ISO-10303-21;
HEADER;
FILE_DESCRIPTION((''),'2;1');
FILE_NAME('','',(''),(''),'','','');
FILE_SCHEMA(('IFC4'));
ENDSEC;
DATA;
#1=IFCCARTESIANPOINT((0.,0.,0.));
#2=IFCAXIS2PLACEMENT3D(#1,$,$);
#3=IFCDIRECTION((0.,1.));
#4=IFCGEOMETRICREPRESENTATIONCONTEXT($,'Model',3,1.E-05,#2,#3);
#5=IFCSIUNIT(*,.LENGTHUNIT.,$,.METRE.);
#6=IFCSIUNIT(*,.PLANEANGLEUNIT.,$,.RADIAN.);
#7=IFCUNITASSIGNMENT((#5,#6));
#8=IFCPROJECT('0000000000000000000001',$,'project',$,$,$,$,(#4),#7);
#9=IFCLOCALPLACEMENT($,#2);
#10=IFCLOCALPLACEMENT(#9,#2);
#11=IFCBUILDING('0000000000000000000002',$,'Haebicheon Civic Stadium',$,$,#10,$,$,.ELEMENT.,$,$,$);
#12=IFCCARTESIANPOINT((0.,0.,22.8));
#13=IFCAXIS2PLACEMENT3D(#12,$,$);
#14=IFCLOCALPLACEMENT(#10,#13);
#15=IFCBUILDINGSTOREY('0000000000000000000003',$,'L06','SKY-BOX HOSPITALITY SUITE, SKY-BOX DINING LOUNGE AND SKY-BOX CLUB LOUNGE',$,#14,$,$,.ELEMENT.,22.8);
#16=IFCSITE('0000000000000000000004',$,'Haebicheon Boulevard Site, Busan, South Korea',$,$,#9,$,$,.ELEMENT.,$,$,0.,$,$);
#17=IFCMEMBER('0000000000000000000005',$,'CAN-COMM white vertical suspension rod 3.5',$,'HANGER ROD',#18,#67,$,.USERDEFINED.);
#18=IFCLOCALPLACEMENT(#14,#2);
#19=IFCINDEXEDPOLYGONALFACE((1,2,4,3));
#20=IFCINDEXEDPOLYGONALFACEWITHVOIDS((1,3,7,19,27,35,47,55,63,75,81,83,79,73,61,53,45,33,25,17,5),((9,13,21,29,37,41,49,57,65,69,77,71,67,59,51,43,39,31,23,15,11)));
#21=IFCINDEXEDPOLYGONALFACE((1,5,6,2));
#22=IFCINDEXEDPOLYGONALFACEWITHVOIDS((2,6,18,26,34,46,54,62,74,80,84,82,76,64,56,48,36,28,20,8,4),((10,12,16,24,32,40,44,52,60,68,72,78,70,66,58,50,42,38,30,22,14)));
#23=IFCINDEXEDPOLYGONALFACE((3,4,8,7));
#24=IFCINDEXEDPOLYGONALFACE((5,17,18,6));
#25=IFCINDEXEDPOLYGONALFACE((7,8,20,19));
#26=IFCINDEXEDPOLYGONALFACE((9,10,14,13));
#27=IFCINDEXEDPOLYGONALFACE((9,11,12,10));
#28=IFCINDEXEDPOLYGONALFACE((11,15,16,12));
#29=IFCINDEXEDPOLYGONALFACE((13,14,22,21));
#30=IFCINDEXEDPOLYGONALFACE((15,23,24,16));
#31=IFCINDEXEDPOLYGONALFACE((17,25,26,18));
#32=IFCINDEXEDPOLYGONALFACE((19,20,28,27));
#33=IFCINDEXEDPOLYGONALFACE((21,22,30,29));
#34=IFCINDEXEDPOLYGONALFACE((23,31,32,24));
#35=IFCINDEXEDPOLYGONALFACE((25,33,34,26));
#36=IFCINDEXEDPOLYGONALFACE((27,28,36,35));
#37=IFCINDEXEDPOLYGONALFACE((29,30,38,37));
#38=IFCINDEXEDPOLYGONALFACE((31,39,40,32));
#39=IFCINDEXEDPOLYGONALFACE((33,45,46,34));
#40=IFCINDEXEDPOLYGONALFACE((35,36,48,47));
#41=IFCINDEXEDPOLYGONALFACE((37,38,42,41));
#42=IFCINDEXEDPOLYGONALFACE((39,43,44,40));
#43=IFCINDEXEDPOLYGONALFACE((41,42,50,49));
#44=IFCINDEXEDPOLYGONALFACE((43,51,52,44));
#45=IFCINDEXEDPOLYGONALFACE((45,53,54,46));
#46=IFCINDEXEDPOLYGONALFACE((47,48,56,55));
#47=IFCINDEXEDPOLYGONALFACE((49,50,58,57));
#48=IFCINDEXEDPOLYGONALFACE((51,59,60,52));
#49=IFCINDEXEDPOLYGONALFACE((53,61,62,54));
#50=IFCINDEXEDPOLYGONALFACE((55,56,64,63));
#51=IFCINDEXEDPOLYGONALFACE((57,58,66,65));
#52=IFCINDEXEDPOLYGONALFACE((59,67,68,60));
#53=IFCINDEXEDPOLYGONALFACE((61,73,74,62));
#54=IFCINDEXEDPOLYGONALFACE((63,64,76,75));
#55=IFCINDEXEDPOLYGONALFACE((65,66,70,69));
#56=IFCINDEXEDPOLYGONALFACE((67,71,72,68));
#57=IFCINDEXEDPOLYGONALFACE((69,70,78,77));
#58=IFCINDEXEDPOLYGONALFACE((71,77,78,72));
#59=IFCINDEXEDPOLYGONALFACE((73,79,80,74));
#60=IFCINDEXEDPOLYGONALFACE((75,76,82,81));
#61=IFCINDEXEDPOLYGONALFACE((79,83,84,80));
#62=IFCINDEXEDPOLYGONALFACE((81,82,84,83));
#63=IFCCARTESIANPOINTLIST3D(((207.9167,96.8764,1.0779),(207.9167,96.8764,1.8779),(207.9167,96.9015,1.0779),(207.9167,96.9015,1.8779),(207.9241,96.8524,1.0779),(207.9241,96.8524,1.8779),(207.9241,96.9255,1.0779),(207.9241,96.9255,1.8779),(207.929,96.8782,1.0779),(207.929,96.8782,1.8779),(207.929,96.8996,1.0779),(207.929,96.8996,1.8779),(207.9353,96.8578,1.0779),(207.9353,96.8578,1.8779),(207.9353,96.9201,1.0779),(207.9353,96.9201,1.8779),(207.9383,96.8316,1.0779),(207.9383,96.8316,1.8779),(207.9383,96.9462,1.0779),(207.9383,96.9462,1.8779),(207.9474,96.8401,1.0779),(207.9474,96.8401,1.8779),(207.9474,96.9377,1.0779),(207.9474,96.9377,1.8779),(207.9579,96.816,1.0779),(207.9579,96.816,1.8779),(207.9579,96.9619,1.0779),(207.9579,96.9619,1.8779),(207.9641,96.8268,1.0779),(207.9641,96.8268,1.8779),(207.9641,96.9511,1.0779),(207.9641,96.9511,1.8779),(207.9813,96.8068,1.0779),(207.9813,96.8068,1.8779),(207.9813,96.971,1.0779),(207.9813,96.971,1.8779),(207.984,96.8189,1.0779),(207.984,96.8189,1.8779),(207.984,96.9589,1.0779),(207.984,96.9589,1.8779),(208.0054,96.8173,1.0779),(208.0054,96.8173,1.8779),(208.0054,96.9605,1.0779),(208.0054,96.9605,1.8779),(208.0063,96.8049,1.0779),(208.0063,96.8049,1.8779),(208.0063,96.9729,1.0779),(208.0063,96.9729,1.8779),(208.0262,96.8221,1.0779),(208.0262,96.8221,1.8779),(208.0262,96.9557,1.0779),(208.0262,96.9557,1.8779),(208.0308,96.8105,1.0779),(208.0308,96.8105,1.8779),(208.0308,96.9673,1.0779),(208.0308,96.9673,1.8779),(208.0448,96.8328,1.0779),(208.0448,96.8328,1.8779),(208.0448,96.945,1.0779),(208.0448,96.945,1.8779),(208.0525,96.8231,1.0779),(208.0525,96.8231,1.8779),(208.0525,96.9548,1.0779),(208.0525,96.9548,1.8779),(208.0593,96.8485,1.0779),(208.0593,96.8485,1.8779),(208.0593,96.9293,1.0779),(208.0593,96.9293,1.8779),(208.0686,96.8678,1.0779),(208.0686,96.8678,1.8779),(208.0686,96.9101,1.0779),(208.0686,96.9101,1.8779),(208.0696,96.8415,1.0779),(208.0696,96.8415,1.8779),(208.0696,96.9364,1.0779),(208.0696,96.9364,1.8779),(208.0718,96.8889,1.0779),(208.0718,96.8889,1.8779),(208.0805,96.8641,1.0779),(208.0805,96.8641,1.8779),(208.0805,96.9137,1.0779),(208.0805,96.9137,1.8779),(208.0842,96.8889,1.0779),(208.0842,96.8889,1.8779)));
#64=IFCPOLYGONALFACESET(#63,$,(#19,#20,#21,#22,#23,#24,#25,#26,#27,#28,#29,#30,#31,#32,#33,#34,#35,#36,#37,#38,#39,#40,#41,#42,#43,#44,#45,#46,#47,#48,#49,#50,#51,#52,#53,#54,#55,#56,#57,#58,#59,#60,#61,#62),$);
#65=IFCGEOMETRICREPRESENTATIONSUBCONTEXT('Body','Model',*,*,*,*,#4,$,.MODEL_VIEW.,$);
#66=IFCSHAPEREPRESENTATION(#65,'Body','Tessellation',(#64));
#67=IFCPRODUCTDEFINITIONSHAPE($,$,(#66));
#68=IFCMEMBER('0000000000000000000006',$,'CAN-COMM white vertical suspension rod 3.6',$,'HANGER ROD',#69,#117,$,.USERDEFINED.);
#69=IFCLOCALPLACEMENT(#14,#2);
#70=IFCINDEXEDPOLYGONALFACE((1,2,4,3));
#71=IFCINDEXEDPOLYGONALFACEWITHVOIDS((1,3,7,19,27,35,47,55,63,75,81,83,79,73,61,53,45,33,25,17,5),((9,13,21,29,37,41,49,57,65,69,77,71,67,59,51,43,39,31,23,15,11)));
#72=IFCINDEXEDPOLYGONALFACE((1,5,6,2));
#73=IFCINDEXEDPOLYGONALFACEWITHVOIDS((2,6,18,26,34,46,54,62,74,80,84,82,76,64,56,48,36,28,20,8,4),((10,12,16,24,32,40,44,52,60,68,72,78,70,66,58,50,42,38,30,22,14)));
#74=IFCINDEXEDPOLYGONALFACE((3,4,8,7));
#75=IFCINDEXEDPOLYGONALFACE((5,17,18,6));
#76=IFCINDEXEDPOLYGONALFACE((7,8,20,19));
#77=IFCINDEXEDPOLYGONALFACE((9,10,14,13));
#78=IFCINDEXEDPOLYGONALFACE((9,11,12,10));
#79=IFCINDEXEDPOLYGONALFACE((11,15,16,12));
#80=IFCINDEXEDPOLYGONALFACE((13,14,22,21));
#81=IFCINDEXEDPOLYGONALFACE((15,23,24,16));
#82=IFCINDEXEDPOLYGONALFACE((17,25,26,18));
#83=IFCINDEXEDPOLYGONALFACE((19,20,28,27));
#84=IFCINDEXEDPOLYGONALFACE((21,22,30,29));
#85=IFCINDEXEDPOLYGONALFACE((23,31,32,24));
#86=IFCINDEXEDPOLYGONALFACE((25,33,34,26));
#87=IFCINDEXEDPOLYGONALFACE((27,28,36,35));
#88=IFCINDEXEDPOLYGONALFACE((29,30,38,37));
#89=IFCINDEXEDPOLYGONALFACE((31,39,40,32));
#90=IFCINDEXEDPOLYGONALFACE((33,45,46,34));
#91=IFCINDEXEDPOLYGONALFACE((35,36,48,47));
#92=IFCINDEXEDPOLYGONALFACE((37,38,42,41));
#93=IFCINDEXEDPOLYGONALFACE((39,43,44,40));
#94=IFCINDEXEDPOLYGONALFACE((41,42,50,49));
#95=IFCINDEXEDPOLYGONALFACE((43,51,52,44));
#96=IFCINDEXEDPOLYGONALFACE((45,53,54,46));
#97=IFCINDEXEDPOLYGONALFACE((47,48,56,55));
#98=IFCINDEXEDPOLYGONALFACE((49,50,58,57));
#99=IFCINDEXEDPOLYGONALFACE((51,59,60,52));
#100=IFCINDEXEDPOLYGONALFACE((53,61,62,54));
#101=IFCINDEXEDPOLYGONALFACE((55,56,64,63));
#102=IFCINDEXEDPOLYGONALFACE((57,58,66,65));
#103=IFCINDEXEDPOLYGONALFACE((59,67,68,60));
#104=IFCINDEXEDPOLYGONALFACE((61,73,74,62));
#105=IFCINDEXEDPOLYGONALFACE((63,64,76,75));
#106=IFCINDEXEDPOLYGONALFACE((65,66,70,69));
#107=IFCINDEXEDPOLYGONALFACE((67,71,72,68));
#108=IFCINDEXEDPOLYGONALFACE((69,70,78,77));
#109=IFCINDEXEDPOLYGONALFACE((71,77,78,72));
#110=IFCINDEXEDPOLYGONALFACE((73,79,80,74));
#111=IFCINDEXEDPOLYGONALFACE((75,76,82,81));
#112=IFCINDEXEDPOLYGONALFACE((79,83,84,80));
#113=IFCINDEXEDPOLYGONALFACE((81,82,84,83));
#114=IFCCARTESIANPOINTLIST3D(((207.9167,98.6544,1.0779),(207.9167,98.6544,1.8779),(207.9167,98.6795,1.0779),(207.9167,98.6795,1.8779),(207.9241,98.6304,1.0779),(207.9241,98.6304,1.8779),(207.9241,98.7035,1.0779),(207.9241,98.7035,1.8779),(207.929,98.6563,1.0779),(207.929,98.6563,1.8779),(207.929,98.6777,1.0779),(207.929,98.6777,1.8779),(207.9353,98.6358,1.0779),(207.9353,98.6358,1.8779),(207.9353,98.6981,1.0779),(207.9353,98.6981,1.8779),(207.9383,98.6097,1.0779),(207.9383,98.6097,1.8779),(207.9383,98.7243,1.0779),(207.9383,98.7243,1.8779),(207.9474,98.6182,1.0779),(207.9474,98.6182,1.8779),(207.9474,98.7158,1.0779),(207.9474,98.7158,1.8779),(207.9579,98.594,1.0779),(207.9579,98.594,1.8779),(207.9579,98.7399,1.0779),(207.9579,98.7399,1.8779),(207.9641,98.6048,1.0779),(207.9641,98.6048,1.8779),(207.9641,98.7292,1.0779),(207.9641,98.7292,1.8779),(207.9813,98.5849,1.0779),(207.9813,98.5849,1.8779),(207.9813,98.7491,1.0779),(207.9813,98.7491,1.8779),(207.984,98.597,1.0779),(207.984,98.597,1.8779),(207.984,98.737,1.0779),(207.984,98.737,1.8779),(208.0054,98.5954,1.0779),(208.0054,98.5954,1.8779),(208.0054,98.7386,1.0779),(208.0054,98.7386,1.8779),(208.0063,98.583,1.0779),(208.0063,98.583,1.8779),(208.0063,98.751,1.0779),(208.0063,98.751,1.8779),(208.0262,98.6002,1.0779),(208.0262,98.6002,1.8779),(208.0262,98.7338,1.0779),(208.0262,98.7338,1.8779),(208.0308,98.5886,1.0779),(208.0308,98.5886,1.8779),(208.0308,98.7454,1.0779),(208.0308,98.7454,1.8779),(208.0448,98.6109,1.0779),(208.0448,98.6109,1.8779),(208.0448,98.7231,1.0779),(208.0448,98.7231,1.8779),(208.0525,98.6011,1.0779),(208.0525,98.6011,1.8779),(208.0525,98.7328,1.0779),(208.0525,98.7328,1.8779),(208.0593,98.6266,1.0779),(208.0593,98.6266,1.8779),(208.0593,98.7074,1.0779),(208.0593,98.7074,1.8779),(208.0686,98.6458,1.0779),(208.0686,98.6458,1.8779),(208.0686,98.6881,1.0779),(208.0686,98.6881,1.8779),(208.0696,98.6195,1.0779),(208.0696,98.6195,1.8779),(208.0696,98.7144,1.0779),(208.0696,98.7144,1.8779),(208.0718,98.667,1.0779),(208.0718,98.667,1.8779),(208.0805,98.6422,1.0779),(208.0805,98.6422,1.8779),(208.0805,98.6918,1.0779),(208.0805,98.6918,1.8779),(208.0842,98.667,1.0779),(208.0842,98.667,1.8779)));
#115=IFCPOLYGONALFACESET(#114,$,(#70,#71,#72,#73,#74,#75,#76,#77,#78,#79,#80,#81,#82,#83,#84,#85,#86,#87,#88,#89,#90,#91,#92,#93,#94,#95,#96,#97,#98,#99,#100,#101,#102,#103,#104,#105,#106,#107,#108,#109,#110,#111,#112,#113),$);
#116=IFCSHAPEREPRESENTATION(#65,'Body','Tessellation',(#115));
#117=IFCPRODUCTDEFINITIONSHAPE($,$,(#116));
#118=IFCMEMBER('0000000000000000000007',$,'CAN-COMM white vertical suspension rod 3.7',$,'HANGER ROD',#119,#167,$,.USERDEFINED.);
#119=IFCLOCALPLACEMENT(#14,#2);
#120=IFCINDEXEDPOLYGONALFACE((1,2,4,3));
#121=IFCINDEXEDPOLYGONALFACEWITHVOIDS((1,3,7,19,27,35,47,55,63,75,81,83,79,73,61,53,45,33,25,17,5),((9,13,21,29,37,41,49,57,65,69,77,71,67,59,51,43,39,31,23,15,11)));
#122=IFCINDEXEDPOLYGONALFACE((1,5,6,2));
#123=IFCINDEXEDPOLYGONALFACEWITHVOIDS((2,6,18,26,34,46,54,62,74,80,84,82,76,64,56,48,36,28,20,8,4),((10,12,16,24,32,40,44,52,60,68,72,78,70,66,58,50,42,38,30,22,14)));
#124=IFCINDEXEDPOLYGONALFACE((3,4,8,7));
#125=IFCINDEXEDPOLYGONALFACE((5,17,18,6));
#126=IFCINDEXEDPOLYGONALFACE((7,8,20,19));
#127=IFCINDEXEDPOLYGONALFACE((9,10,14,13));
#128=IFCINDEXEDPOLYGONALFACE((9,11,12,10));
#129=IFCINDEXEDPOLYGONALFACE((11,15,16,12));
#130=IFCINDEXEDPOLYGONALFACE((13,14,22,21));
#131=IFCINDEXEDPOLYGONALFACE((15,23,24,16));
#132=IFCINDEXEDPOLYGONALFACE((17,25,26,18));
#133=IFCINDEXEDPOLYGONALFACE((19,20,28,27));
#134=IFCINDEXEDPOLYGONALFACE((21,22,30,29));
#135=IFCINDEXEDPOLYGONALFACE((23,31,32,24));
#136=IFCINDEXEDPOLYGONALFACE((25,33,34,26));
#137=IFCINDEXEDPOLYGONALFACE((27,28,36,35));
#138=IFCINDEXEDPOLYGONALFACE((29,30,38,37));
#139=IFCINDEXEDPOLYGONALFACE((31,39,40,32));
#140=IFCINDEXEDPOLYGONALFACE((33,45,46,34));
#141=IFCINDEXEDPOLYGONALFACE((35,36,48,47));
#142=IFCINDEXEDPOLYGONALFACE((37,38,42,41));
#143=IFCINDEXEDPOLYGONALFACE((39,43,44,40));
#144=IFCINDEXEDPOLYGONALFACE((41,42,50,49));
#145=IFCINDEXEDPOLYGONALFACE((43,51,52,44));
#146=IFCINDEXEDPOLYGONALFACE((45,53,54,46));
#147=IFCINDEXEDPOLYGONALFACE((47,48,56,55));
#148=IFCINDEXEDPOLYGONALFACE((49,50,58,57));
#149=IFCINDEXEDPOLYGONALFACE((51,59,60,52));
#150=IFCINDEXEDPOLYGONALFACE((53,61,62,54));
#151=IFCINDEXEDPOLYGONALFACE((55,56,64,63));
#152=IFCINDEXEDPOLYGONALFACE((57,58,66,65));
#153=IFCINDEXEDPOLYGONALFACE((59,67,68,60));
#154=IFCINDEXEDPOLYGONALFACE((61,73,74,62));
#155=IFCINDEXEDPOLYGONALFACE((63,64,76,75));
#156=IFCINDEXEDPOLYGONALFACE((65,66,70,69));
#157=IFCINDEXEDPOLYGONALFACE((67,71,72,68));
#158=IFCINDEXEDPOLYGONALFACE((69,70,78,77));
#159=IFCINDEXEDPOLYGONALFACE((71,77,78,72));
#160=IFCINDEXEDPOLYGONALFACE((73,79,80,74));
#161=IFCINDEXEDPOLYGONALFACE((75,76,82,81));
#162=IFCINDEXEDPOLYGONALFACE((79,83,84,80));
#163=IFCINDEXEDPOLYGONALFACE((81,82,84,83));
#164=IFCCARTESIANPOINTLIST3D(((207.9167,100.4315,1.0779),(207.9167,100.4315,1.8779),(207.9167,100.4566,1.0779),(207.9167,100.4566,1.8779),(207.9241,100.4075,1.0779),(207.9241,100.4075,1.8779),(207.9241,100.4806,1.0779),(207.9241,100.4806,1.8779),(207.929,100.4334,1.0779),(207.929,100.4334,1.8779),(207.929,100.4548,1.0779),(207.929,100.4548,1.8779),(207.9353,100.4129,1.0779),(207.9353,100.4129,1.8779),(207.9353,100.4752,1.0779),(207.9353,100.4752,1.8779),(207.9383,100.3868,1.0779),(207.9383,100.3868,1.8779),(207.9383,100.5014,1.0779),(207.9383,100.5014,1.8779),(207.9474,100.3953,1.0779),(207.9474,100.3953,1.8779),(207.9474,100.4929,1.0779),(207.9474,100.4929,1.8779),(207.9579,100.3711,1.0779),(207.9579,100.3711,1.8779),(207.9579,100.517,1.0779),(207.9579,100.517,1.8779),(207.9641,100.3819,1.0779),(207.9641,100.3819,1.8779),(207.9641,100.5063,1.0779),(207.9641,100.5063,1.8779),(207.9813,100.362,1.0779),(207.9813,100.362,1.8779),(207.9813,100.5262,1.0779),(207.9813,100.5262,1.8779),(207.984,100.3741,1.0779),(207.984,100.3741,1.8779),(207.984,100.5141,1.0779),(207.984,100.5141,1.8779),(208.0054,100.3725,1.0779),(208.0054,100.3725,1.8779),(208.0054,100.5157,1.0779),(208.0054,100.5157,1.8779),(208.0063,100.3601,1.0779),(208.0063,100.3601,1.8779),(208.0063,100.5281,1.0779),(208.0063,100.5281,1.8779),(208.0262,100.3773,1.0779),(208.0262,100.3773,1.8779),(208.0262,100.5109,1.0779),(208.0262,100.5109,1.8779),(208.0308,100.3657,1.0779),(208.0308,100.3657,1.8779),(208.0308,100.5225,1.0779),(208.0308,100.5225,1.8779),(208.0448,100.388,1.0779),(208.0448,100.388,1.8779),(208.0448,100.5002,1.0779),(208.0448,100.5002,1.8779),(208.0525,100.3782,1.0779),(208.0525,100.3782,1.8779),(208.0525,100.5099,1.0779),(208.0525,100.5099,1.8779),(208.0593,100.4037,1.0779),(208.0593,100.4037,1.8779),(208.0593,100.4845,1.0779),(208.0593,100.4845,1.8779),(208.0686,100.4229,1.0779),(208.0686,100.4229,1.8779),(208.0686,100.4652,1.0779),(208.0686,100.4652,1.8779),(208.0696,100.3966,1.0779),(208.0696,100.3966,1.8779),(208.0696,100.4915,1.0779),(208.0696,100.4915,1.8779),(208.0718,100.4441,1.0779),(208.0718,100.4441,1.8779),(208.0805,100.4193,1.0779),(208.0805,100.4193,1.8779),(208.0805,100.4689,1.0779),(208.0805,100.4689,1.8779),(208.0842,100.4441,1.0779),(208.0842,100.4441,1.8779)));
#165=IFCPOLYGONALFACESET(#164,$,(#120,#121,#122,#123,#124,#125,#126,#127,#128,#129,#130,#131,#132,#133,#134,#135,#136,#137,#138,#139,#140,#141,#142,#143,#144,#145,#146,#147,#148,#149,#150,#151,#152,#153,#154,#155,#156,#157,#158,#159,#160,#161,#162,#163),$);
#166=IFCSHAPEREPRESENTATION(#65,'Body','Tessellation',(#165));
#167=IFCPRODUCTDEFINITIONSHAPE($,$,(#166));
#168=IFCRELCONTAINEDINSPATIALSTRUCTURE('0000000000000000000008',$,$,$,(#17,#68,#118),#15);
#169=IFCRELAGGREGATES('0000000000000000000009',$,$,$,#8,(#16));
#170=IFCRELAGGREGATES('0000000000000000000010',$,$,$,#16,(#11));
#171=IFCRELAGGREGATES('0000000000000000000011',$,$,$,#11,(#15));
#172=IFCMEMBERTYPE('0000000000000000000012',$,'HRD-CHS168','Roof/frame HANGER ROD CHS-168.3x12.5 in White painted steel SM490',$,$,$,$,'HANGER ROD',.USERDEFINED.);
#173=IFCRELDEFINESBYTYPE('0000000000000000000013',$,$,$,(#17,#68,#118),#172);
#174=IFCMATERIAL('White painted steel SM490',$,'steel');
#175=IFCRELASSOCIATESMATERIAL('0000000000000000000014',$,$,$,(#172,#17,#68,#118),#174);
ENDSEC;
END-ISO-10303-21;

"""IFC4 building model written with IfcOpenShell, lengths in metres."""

from ifc_helpers import new_model, si_unit, direction, frame, origin, origin_2d, place, context, subcontext, project, spatial, hollow_circle, extrude, material, material_profile, profile_set, type_object, element, save


model = new_model("IFC4")

# Units and contexts
model_context = context("Model", 3, precision=1e-05, world=origin(), true_north=direction((0.0, 1.0)))
body_context = subcontext(model_context, "Body", "Model", "MODEL_VIEW")
ifc_project = project(units=[si_unit("LENGTHUNIT", "METRE"), si_unit("PLANEANGLEUNIT", "RADIAN")], contexts=[model_context])

# Site, building, storey
site_placement = place(None, origin())
site = spatial("IfcSite", under=ifc_project, at=site_placement, Name="Haebicheon Boulevard Site, Busan, South Korea", CompositionType="ELEMENT", RefElevation=0.0)
building_placement = place(site_placement, origin())
building = spatial("IfcBuilding", under=site, at=building_placement, Name="Haebicheon Civic Stadium", CompositionType="ELEMENT")
storey_placement = place(building_placement, frame((0.0, 0.0, 22.8)))
storey = spatial("IfcBuildingStorey", under=building, at=storey_placement, Name="L06", Description="SKY-BOX HOSPITALITY SUITE, SKY-BOX DINING LOUNGE AND SKY-BOX CLUB LOUNGE", CompositionType="ELEMENT", Elevation=22.8)

# Members
ifc_material_1 = material(Name="White painted steel SM490", Category="steel")
ifc_material_profile_1 = material_profile(ifc_material_1, hollow_circle(Radius=0.0842, WallThickness=0.0125, at=origin_2d()), Name="CHS-168.3x12.5")
ifc_profile_set_1 = profile_set([ifc_material_profile_1], Name="White painted steel SM490")
member_type_1 = type_object("IfcMemberType", Name="HRD-CHS168", Description="Roof/frame HANGER ROD CHS-168.3x12.5 in White painted steel SM490", ElementType="HANGER ROD", PredefinedType="USERDEFINED", material=ifc_profile_set_1)
for number, where, z_axis, x_axis, name in (
    (1, (208.0, 96.8889, 1.0779), (0.0, 0.0, 1.0), (1.0, 0.0, 0.0), "CAN-COMM white vertical suspension rod 3.5"),
    (2, (208.0, 98.667, 1.0779), (0.0, 0.0, 1.0), (1.0, 0.0, 0.0), "CAN-COMM white vertical suspension rod 3.6"),
    (3, (208.0, 100.4441, 1.0779), (0.0, 0.0, 1.0), (1.0, 0.0, 0.0), "CAN-COMM white vertical suspension rod 3.7"),
):
    element("IfcMember", number, at=place(storey_placement, frame(where, z_axis=z_axis, x_axis=x_axis)), inside=storey, type_object=member_type_1, material=ifc_profile_set_1, Name=name, ObjectType="HANGER ROD", PredefinedType="USERDEFINED", context=body_context, shape_type="SweptSolid", body=[
        extrude(hollow_circle(Radius=0.0842, WallThickness=0.0125, at=origin_2d()), origin(), (0.0, 0.0, 1.0), 0.8),
    ])

save(model, "model.ifc")
